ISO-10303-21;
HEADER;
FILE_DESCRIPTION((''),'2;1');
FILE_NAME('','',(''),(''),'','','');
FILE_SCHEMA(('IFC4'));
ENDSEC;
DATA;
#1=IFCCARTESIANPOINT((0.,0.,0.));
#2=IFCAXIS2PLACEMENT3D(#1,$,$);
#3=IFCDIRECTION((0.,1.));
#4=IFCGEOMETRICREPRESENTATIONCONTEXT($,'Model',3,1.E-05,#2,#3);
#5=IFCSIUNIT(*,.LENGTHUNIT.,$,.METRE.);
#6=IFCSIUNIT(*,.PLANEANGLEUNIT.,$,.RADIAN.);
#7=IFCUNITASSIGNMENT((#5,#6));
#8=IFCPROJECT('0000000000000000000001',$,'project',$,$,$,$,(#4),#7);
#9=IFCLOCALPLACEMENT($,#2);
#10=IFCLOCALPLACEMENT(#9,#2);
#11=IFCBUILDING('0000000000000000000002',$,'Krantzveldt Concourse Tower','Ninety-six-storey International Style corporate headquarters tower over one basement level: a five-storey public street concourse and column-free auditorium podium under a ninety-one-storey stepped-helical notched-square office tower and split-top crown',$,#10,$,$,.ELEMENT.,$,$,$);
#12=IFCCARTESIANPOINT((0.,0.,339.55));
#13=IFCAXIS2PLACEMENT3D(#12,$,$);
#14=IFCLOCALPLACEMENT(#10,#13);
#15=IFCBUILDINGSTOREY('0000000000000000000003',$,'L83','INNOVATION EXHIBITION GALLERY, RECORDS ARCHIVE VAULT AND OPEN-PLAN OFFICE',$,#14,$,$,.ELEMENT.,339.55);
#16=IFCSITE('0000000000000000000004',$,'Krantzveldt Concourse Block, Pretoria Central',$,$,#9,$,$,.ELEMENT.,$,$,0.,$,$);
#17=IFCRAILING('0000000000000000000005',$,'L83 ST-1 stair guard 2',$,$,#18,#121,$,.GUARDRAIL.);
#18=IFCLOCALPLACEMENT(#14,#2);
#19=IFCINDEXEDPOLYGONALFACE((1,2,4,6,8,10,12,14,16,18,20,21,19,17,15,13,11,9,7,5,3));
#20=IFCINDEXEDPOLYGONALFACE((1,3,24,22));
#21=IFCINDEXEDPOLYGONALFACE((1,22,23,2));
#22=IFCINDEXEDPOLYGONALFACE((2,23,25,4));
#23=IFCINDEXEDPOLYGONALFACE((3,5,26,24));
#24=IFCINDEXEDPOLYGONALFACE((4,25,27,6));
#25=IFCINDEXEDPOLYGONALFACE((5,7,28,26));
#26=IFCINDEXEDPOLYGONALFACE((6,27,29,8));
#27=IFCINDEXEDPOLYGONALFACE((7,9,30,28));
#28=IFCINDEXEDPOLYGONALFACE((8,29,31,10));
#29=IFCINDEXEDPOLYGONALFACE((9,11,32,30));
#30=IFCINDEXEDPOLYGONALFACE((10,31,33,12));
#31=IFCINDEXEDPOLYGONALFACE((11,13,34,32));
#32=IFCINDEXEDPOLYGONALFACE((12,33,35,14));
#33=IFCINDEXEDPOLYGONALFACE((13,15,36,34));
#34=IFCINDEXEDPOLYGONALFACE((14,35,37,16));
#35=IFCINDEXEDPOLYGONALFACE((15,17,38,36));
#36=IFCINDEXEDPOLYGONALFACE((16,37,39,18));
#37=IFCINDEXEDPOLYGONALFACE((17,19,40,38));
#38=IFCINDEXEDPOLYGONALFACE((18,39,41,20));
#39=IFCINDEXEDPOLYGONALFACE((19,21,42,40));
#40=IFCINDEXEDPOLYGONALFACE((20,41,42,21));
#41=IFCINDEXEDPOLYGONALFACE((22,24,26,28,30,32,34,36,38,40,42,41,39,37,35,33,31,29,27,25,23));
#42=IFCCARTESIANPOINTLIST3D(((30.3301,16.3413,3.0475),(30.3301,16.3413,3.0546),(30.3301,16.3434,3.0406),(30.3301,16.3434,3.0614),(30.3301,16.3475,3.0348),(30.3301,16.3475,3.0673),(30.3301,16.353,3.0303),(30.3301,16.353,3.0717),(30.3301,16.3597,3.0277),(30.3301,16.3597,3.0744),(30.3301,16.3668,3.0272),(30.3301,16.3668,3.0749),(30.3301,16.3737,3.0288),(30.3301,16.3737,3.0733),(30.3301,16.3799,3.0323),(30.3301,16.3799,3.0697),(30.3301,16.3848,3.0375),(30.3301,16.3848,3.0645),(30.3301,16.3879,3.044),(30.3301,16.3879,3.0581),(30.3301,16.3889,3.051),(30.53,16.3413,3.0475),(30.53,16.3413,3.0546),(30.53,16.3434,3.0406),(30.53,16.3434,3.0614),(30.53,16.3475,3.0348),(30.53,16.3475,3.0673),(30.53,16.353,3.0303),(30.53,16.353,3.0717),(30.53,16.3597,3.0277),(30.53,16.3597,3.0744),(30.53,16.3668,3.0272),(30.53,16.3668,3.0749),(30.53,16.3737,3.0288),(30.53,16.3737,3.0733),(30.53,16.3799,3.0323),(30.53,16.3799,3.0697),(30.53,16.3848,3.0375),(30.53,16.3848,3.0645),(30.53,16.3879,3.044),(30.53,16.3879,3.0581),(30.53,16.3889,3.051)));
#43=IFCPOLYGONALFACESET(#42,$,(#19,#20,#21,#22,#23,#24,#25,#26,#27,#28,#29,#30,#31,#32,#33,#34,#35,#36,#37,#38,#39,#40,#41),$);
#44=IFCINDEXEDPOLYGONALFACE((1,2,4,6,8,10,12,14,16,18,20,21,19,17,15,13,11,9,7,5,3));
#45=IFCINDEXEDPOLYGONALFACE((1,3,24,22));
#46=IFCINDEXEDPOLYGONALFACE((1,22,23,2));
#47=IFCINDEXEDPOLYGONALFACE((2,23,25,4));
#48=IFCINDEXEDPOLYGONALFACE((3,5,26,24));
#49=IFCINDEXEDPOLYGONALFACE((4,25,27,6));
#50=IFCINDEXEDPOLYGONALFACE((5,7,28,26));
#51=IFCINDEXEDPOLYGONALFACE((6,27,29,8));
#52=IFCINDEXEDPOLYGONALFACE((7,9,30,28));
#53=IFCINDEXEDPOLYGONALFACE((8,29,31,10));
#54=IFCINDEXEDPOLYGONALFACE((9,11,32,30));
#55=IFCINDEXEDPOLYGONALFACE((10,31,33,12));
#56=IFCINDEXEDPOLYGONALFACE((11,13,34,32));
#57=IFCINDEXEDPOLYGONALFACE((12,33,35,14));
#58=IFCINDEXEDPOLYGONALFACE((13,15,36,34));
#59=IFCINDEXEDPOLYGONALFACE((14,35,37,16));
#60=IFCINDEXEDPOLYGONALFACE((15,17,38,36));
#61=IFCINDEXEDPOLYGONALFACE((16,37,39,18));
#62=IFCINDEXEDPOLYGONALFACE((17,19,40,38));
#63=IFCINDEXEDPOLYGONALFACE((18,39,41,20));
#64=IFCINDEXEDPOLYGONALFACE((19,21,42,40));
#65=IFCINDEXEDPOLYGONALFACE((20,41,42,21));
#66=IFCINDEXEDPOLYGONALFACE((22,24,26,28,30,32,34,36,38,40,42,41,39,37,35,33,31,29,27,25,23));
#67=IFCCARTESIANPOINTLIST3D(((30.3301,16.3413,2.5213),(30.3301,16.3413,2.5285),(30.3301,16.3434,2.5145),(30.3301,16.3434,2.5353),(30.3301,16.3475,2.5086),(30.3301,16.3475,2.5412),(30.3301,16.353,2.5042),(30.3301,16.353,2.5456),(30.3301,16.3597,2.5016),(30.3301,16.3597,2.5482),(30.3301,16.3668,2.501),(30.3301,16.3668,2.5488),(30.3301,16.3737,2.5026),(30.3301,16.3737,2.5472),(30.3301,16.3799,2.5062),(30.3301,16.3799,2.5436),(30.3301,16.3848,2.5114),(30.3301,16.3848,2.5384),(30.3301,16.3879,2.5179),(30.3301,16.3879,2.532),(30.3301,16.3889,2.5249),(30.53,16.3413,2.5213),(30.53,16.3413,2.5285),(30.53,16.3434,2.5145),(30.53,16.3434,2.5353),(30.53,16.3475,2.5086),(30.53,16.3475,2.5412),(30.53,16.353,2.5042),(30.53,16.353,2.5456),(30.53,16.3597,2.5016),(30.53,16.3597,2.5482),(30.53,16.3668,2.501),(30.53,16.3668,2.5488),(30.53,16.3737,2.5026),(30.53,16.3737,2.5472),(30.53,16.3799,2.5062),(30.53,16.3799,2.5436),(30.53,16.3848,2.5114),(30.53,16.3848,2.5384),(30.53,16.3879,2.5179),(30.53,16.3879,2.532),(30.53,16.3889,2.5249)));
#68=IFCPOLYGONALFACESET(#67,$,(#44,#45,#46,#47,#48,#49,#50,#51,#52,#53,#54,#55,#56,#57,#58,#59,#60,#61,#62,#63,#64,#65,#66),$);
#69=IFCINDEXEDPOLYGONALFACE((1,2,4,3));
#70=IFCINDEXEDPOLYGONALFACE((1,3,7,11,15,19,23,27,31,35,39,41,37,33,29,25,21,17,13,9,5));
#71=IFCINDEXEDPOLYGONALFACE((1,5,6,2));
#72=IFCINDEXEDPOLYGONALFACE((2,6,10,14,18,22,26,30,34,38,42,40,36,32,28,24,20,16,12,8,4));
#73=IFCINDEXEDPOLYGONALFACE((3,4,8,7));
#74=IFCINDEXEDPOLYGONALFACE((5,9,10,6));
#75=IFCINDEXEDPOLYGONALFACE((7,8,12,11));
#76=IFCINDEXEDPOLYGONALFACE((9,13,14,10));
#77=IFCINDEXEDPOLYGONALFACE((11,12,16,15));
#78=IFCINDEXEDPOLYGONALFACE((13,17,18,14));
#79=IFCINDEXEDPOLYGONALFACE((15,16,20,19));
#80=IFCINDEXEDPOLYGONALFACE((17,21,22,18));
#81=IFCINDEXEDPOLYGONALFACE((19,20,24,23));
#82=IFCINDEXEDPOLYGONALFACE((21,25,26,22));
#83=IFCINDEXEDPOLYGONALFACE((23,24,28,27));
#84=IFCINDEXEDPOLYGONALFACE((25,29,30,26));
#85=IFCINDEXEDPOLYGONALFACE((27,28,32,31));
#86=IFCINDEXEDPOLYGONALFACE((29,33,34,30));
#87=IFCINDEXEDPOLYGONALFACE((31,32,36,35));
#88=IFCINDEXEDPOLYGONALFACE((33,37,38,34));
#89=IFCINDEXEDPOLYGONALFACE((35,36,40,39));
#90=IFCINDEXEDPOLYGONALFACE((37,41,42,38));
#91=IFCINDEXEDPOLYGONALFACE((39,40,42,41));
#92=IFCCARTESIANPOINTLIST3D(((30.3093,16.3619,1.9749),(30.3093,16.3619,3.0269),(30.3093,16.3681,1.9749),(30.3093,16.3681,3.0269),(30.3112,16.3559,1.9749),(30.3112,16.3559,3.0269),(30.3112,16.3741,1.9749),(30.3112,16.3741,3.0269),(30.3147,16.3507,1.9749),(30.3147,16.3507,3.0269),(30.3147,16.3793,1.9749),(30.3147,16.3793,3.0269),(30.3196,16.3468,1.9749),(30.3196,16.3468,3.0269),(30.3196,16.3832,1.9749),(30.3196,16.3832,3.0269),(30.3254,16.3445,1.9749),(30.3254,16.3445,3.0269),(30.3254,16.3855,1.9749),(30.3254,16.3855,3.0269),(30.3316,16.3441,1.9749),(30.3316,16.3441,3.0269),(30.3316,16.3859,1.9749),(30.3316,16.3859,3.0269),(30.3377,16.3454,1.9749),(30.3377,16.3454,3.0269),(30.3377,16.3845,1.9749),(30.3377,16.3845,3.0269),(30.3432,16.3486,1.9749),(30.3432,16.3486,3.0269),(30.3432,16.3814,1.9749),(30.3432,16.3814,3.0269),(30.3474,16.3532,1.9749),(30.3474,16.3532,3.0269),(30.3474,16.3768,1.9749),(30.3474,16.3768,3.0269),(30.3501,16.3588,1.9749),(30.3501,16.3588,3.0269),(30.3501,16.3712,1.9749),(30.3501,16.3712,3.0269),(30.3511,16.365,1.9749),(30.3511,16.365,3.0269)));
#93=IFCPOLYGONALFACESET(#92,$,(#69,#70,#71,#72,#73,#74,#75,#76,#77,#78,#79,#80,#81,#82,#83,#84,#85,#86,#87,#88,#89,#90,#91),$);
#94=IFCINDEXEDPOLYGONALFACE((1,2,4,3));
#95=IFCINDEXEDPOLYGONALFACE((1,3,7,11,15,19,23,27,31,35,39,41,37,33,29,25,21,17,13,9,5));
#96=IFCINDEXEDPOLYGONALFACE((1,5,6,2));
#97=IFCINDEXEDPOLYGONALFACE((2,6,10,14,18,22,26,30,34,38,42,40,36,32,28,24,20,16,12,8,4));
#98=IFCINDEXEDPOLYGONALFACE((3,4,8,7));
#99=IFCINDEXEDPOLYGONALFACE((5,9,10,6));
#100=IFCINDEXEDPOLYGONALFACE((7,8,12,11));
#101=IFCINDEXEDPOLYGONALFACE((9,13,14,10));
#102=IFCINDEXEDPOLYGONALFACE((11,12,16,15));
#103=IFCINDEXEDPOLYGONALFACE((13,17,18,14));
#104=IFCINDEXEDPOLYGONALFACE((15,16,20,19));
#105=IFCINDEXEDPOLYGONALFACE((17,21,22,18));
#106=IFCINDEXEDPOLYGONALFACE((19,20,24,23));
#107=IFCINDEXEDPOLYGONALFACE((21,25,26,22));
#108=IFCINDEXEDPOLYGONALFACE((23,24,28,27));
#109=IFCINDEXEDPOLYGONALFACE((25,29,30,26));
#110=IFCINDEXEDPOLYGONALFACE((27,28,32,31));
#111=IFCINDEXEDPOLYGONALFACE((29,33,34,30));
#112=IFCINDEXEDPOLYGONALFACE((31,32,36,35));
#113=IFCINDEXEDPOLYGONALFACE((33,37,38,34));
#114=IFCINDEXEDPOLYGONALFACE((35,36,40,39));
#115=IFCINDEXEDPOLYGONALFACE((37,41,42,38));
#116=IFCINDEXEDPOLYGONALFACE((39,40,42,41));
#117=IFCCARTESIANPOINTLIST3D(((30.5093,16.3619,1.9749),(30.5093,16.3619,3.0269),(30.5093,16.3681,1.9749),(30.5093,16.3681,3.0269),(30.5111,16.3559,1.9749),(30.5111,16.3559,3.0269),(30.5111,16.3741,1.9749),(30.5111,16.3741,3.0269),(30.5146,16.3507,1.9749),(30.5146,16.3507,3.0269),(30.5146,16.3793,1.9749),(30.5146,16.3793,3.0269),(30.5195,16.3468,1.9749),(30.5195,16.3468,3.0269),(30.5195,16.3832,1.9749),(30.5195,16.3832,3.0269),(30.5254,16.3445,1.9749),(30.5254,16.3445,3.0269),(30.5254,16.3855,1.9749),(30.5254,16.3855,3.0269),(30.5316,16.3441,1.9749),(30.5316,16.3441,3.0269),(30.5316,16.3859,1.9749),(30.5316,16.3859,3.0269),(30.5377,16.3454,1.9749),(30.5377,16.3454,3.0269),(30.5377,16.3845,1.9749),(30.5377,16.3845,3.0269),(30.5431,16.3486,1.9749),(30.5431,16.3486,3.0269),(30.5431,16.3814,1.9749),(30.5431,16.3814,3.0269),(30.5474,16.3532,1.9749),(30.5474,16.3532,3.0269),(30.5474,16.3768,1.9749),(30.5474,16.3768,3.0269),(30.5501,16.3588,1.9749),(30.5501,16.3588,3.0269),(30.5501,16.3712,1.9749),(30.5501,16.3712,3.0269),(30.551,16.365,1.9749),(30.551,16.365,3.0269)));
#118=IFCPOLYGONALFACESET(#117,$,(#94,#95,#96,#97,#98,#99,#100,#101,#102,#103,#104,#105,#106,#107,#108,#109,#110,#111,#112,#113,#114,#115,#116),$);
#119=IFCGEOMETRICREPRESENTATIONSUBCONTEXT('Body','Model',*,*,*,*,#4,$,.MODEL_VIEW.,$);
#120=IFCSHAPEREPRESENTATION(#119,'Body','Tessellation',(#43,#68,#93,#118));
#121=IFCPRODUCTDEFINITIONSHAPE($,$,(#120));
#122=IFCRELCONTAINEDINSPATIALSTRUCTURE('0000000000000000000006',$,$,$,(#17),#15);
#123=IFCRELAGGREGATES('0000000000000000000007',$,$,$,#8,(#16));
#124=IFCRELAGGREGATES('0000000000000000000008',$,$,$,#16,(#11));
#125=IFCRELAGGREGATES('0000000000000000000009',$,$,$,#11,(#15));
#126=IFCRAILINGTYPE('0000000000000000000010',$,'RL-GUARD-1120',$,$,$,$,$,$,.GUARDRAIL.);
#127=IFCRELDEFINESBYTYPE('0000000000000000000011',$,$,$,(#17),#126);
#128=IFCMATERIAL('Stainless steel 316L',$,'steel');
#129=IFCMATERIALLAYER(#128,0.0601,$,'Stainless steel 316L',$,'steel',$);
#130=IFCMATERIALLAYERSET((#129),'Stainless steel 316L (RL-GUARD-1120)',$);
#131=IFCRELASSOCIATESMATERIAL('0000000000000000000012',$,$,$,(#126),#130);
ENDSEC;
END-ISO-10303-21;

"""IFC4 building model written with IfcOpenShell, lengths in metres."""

from ifc_helpers import new_model, si_unit, direction, frame, origin, origin_2d, place, context, subcontext, project, spatial, circle, extrude, material, layer, layer_set, type_object, element, save


model = new_model("IFC4")

# Units and contexts
model_context = context("Model", 3, precision=1e-05, world=origin(), true_north=direction((0.0, 1.0)))
body_context = subcontext(model_context, "Body", "Model", "MODEL_VIEW")
ifc_project = project(units=[si_unit("LENGTHUNIT", "METRE"), si_unit("PLANEANGLEUNIT", "RADIAN")], contexts=[model_context])

# Site, building, storey
site_placement = place(None, origin())
site = spatial("IfcSite", under=ifc_project, at=site_placement, Name="Krantzveldt Concourse Block, Pretoria Central", CompositionType="ELEMENT", RefElevation=0.0)
building_placement = place(site_placement, origin())
building = spatial("IfcBuilding", under=site, at=building_placement, Name="Krantzveldt Concourse Tower", Description="Ninety-six-storey International Style corporate headquarters tower over one basement level: a five-storey public street concourse and column-free auditorium podium under a ninety-one-storey stepped-helical notched-square office tower and split-top crown", CompositionType="ELEMENT")
storey_placement = place(building_placement, frame((0.0, 0.0, 339.55)))
storey = spatial("IfcBuildingStorey", under=building, at=storey_placement, Name="L83", Description="INNOVATION EXHIBITION GALLERY, RECORDS ARCHIVE VAULT AND OPEN-PLAN OFFICE", CompositionType="ELEMENT", Elevation=339.55)

# Shared definitions
ifc_material_1 = material(Name="Stainless steel 316L", Category="steel")

# Railing
ifc_layer_1 = layer(ifc_material_1, 0.0601, Name="Stainless steel 316L", Category="steel")
ifc_layer_set_1 = layer_set([ifc_layer_1], Name="Stainless steel 316L (RL-GUARD-1120)")
railing_type = type_object("IfcRailingType", Name="RL-GUARD-1120", PredefinedType="GUARDRAIL", material=ifc_layer_set_1)
railing_placement = place(storey_placement, frame((30.3301, 16.365, 1.9749)))
element("IfcRailing", 1, at=railing_placement, inside=storey, type_object=railing_type, Name="L83 ST-1 stair guard 2", PredefinedType="GUARDRAIL", context=body_context, shape_type="SweptSolid", body=[
    extrude(circle(Radius=0.0239, at=origin_2d()), frame((0.0, 0.0, 1.0762), z_axis=(1.0, 0.0, 0.0), x_axis=(0.0, 1.0, 0.0)), (0.0, 0.0, 1.0), 0.2),
    extrude(circle(Radius=0.0239, at=origin_2d()), frame((0.0, 0.0, 0.55), z_axis=(1.0, 0.0, 0.0), x_axis=(0.0, 1.0, 0.0)), (0.0, 0.0, 1.0), 0.2),
    extrude(circle(Radius=0.021, at=origin_2d()), origin(), (0.0, 0.0, 1.0), 1.052),
    extrude(circle(Radius=0.021, at=origin_2d()), frame((0.2, 0.0, 0.0)), (0.0, 0.0, 1.0), 1.052),
])

save(model, "model.ifc")
